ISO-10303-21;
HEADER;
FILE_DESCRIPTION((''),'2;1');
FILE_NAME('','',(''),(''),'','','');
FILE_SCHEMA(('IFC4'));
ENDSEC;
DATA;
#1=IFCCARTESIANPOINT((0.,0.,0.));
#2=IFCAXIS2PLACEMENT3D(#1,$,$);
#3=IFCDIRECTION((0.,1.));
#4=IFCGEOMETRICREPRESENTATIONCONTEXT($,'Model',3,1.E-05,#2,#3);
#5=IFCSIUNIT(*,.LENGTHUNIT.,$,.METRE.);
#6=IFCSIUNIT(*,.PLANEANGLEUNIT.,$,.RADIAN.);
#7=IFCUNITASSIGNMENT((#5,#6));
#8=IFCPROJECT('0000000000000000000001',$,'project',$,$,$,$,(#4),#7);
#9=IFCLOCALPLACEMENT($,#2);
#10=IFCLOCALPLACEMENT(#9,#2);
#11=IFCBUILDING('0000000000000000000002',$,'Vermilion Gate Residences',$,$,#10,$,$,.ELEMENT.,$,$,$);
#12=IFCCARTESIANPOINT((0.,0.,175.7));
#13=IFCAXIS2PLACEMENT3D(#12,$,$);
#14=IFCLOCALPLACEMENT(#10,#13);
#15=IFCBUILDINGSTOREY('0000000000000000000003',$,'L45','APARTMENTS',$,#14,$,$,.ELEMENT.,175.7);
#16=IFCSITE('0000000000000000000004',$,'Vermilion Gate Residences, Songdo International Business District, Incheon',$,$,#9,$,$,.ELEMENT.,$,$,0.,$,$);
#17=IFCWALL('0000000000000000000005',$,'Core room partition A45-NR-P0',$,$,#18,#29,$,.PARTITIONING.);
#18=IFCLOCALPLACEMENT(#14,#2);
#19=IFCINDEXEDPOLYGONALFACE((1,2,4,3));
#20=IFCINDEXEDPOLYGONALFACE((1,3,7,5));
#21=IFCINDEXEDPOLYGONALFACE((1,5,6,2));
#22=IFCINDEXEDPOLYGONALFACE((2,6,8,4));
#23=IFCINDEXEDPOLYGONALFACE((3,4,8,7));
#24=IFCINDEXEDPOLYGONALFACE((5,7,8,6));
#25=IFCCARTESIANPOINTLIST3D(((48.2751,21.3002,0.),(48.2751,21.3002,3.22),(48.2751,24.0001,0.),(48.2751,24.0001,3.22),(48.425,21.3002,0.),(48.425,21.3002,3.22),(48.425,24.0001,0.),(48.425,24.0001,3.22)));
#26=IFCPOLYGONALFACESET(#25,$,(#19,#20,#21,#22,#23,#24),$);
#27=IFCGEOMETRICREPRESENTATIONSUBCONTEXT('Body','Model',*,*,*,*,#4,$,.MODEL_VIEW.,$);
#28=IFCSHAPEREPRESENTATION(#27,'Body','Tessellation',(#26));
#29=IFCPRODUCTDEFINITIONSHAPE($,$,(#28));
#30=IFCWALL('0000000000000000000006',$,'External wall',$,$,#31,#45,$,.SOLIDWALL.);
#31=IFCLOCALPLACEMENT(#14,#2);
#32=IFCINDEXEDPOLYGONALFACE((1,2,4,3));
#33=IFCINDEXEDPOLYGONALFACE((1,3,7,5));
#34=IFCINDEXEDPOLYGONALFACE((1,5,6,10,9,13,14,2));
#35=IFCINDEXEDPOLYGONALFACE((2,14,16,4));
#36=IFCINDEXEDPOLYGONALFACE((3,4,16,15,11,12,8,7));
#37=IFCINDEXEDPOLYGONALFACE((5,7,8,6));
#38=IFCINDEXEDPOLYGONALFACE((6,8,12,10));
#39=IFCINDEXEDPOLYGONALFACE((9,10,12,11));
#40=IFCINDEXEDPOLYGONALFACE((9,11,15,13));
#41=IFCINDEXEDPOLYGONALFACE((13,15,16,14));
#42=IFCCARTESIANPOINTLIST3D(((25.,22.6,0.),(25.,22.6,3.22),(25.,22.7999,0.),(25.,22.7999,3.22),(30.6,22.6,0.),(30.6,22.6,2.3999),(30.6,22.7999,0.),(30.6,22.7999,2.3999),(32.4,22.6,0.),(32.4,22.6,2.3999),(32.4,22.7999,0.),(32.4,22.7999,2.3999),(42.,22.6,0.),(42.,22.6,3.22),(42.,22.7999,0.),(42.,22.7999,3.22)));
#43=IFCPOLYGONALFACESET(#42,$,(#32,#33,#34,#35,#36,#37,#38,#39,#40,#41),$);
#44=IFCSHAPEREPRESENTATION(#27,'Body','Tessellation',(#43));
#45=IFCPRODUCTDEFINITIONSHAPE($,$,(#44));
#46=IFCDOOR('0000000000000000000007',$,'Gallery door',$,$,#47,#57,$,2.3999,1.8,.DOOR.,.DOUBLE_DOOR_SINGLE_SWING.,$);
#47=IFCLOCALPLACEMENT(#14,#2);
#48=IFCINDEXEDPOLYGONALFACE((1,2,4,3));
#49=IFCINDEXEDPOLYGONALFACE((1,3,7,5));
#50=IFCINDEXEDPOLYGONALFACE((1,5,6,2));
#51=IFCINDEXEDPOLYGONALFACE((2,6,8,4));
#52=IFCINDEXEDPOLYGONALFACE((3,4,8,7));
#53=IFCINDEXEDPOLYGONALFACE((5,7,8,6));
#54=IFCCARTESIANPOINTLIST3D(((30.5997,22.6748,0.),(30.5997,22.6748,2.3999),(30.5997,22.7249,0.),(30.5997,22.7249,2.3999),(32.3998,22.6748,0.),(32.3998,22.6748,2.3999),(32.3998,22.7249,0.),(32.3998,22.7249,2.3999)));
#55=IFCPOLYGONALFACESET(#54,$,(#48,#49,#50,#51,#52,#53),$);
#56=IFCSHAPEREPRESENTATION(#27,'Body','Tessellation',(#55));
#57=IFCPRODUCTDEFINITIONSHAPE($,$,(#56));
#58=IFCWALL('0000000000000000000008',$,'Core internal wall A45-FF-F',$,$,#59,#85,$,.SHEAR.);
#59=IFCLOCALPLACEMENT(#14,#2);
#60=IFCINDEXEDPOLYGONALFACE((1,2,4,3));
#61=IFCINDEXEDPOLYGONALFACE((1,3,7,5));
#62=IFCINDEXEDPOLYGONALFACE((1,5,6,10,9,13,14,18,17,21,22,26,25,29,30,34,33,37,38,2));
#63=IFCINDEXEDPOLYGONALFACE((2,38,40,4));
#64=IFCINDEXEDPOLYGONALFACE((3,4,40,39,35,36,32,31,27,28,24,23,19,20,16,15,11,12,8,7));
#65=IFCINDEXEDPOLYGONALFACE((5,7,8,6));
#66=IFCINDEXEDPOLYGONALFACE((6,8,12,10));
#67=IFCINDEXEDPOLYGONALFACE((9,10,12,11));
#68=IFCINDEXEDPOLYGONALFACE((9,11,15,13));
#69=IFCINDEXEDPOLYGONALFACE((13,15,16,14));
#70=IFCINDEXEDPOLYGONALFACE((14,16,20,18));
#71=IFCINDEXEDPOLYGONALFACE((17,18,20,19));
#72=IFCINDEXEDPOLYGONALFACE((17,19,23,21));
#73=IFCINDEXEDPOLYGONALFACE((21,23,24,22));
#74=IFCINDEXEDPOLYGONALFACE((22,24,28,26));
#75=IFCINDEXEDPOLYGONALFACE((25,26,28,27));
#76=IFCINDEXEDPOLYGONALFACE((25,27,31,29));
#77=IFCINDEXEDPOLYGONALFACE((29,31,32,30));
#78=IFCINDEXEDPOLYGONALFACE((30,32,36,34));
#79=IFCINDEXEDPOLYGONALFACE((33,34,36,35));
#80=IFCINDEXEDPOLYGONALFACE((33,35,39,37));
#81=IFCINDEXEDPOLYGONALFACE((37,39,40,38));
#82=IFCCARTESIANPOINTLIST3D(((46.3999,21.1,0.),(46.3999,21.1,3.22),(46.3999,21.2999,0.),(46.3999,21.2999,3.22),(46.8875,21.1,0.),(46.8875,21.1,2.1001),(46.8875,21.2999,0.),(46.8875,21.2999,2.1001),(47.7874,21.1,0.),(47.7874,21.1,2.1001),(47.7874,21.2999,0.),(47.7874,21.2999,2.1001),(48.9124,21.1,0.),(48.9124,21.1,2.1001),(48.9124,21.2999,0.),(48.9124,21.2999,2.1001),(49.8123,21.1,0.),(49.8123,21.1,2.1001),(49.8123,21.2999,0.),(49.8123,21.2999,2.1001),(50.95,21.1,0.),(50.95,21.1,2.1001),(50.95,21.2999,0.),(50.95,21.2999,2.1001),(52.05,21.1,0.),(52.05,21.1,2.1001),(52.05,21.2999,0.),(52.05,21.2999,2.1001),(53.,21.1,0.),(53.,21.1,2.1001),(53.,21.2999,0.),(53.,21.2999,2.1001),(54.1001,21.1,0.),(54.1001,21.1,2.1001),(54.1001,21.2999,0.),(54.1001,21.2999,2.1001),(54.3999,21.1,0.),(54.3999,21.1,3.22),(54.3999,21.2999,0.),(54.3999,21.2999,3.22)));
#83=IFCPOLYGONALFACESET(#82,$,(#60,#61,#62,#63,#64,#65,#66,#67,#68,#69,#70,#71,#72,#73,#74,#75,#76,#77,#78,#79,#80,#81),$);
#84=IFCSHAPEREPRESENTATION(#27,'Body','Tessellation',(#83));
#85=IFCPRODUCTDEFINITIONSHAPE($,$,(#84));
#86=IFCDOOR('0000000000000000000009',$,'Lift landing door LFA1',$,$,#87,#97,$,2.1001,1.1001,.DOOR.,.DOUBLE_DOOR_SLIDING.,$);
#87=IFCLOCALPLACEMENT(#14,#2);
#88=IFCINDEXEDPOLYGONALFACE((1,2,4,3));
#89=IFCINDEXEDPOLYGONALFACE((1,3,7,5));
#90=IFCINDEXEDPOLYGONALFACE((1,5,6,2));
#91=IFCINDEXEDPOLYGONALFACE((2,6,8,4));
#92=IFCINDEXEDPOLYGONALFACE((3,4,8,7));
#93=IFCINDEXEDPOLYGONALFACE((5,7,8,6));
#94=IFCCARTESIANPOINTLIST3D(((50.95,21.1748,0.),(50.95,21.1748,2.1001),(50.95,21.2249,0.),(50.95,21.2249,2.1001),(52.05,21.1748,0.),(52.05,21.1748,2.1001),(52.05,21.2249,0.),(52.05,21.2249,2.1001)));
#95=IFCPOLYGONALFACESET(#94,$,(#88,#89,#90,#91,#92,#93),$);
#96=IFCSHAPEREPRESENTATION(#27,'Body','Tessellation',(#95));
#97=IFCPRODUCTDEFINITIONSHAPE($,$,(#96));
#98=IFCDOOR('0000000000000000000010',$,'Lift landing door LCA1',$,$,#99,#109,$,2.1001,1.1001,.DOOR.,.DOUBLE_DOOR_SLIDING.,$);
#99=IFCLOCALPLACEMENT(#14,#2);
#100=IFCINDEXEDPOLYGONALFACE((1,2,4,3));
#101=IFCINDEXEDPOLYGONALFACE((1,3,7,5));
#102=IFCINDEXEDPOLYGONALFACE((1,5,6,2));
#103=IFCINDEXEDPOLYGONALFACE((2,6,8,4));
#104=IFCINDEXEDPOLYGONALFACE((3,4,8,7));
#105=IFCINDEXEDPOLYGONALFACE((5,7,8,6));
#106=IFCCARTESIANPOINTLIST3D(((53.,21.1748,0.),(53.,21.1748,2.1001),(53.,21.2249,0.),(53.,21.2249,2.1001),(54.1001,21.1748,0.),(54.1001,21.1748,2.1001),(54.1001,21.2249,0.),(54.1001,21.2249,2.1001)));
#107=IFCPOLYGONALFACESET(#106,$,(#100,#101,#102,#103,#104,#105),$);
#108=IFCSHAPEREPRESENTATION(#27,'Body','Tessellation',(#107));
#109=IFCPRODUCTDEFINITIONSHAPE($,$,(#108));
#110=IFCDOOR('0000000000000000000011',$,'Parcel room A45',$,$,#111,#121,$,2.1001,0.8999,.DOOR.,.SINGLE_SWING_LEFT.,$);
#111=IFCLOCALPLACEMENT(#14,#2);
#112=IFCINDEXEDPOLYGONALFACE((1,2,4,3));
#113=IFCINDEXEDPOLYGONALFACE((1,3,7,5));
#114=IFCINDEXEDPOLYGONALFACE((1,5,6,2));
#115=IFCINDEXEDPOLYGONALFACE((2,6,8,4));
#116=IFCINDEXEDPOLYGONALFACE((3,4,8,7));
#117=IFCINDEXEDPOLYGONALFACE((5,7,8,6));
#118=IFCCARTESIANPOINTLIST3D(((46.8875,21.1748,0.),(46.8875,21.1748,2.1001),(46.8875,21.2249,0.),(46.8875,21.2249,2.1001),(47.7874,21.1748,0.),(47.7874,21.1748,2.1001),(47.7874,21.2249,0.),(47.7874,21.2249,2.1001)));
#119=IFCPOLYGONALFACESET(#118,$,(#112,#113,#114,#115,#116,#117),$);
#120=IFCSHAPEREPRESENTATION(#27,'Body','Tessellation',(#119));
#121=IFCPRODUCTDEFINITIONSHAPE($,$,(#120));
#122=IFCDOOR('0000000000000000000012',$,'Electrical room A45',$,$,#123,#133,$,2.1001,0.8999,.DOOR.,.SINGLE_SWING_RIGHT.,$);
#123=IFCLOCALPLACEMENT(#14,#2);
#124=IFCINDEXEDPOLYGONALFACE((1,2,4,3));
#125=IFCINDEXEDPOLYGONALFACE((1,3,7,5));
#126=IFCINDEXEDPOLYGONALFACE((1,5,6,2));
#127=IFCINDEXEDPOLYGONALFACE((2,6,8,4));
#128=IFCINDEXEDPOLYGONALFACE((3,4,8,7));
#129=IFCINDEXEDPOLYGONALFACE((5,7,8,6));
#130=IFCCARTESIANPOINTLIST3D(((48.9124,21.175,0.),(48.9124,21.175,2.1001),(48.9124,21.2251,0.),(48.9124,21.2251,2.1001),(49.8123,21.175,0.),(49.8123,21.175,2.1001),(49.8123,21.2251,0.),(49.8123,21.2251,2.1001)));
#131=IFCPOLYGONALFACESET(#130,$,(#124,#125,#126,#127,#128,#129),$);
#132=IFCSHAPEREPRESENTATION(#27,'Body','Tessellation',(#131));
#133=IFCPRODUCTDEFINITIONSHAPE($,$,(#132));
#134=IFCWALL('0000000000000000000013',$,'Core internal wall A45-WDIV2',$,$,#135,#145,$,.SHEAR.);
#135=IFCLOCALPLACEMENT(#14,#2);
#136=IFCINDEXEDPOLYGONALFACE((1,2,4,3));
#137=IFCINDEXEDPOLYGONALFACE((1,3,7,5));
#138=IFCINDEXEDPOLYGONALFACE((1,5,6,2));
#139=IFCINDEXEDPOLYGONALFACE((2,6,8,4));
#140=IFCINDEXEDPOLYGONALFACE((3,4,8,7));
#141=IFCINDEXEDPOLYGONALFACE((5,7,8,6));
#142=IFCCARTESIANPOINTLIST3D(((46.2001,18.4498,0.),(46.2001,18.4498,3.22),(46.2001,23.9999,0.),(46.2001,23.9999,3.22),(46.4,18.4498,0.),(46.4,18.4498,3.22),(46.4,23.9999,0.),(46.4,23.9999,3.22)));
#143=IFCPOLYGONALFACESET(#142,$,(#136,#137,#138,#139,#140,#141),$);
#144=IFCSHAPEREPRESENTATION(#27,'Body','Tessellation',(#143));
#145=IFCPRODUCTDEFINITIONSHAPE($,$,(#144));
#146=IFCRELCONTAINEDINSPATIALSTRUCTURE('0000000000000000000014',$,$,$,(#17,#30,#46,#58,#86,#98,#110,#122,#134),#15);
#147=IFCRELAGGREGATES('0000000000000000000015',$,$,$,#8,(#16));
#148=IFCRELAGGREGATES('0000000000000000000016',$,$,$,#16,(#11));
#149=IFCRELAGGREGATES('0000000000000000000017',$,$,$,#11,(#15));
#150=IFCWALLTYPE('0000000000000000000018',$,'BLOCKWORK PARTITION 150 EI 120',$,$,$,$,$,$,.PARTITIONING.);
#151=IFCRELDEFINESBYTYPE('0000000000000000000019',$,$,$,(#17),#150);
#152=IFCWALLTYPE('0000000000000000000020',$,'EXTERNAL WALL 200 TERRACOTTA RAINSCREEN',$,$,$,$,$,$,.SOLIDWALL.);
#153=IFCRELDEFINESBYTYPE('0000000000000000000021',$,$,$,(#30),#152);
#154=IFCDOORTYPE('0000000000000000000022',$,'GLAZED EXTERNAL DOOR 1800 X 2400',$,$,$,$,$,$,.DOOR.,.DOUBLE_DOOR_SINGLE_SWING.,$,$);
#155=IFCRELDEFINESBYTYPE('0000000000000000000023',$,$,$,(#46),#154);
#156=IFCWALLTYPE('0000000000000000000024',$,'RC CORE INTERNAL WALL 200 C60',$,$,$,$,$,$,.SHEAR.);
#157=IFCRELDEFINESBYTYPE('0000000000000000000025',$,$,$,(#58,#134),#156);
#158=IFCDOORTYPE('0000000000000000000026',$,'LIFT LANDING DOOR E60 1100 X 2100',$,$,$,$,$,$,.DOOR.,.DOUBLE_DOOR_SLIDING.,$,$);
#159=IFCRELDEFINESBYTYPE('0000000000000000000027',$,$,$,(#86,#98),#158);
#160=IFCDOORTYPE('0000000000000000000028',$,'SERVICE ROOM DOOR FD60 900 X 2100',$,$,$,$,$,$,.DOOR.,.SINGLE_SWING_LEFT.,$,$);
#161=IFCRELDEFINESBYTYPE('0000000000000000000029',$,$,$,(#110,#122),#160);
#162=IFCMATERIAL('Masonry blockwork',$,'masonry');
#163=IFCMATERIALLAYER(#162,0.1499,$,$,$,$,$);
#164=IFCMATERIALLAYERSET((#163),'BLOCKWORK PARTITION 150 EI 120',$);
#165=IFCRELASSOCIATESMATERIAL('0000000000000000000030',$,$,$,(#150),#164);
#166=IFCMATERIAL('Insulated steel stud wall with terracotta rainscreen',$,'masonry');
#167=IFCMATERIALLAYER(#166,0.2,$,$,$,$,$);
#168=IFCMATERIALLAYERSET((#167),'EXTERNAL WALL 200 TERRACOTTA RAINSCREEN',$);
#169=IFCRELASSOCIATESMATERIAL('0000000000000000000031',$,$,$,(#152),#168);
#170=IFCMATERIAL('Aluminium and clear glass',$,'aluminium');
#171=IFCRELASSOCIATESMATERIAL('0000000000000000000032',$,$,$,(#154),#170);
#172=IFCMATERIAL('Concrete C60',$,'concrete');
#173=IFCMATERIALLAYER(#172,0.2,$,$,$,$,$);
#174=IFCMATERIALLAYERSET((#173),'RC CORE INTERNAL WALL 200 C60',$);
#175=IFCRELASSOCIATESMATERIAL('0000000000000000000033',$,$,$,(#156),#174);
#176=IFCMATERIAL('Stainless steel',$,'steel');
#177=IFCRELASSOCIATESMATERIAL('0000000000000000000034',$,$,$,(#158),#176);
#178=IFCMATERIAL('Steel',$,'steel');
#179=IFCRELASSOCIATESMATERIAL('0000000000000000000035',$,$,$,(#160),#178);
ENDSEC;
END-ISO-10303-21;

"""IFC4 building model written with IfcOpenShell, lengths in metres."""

from ifc_helpers import new_model, si_unit, direction, frame, frame_2d, origin, place, context, subcontext, project, spatial, rectangle, extrude, material, layer, layer_set, type_object, element, fill, save


model = new_model("IFC4")

# Units and contexts
model_context = context("Model", 3, precision=1e-05, world=origin(), true_north=direction((0.0, 1.0)))
body_context = subcontext(model_context, "Body", "Model", "MODEL_VIEW")
ifc_project = project(units=[si_unit("LENGTHUNIT", "METRE"), si_unit("PLANEANGLEUNIT", "RADIAN")], contexts=[model_context])

# Site, building, storey
site_placement = place(None, origin())
site = spatial("IfcSite", under=ifc_project, at=site_placement, Name="Vermilion Gate Residences, Songdo International Business District, Incheon", CompositionType="ELEMENT", RefElevation=0.0)
building_placement = place(site_placement, origin())
building = spatial("IfcBuilding", under=site, at=building_placement, Name="Vermilion Gate Residences", CompositionType="ELEMENT")
storey_placement = place(building_placement, frame((0.0, 0.0, 175.7)))
storey = spatial("IfcBuildingStorey", under=building, at=storey_placement, Name="L45", Description="APARTMENTS", CompositionType="ELEMENT", Elevation=175.7)

# Wall
ifc_material_1 = material(Name="Masonry blockwork", Category="masonry")
ifc_layer_1 = layer(ifc_material_1, 0.1499)
ifc_layer_set_1 = layer_set([ifc_layer_1], Name="BLOCKWORK PARTITION 150 EI 120")
wall_type_1 = type_object("IfcWallType", Name="BLOCKWORK PARTITION 150 EI 120", PredefinedType="PARTITIONING", material=ifc_layer_set_1)
wall_1_placement = place(storey_placement, frame((48.3501, 21.3, 0.0), z_axis=(0.0, 0.0, 1.0), x_axis=(0.0, 1.0, 0.0)))
element("IfcWall", 1, at=wall_1_placement, inside=storey, type_object=wall_type_1, Name="Core room partition A45-NR-P0", PredefinedType="PARTITIONING", context=body_context, shape_type="SweptSolid", body=[
    extrude(rectangle(XDim=2.7, YDim=0.1499, at=frame_2d((1.3501, 0.0))), origin(), (0.0, 0.0, 1.0), 3.22),
])

# Wall, opening, door
ifc_material_2 = material(Name="Insulated steel stud wall with terracotta rainscreen", Category="masonry")
ifc_layer_2 = layer(ifc_material_2, 0.2)
ifc_layer_set_2 = layer_set([ifc_layer_2], Name="EXTERNAL WALL 200 TERRACOTTA RAINSCREEN")
wall_type_2 = type_object("IfcWallType", Name="EXTERNAL WALL 200 TERRACOTTA RAINSCREEN", PredefinedType="SOLIDWALL", material=ifc_layer_set_2)
wall_2_placement = place(storey_placement, frame((42.0, 22.7, 0.0), z_axis=(0.0, 0.0, 1.0), x_axis=(-1.0, 0.0, 0.0)))
wall_2 = element("IfcWall", 2, at=wall_2_placement, inside=storey, type_object=wall_type_2, Name="External wall", PredefinedType="SOLIDWALL", context=body_context, shape_type="SweptSolid", body=[
    extrude(rectangle(XDim=17.0, YDim=0.2, at=frame_2d((8.5, 0.0))), origin(), (0.0, 0.0, 1.0), 3.22),
])
opening_1_placement = place(wall_2_placement, frame((9.6001, 0.0, 0.0)))
opening_1 = element("IfcOpeningElement", 3, at=opening_1_placement, cuts=wall_2, PredefinedType="OPENING", context=body_context, shape_type="SweptSolid", body=[
    extrude(rectangle(XDim=1.8, YDim=2.3999, at=frame_2d((0.8999, 1.2))), frame((0.0, 0.1099, 0.0), z_axis=(0.0, -1.0, 0.0), x_axis=(1.0, 0.0, 0.0)), (0.0, 0.0, 1.0), 0.22),
])
ifc_material_3 = material(Name="Aluminium and clear glass", Category="aluminium")
door_type_1 = type_object("IfcDoorType", Name="GLAZED EXTERNAL DOOR 1800 X 2400", OperationType="DOUBLE_DOOR_SINGLE_SWING", PredefinedType="DOOR", material=ifc_material_3)
door_1_placement = place(opening_1_placement, frame((1.8, 0.0, 0.0), z_axis=(0.0, 0.0, 1.0), x_axis=(-1.0, 0.0, 0.0)))
door_1 = element("IfcDoor", 4, at=door_1_placement, inside=storey, type_object=door_type_1, Name="Gallery door", OperationType="DOUBLE_DOOR_SINGLE_SWING", OverallHeight=2.3999, OverallWidth=1.8, PredefinedType="DOOR", context=body_context, shape_type="SweptSolid", body=[
    extrude(rectangle(XDim=1.8, YDim=2.3999, at=frame_2d((0.8999, 1.2))), frame((0.0, 0.0249, 0.0), z_axis=(0.0, -1.0, 0.0), x_axis=(1.0, 0.0, 0.0)), (0.0, 0.0, 1.0), 0.05),
])
fill(opening_1, door_1)

# Wall, openings, doors
ifc_material_4 = material(Name="Concrete C60", Category="concrete")
ifc_layer_3 = layer(ifc_material_4, 0.2)
ifc_layer_set_3 = layer_set([ifc_layer_3], Name="RC CORE INTERNAL WALL 200 C60")
wall_type_3 = type_object("IfcWallType", Name="RC CORE INTERNAL WALL 200 C60", PredefinedType="SHEAR", material=ifc_layer_set_3)
wall_3_placement = place(storey_placement, frame((46.3999, 21.2, 0.0), z_axis=(0.0, 0.0, 1.0), x_axis=(1.0, 0.0, 0.0)))
wall_3 = element("IfcWall", 5, at=wall_3_placement, inside=storey, type_object=wall_type_3, Name="Core internal wall A45-FF-F", PredefinedType="SHEAR", context=body_context, shape_type="SweptSolid", body=[
    extrude(rectangle(XDim=8.0, YDim=0.2, at=frame_2d((4.0, 0.0))), origin(), (0.0, 0.0, 1.0), 3.22),
])
opening_2_placement = place(wall_3_placement, frame((0.4875, 0.0, 0.0)))
opening_2 = element("IfcOpeningElement", 6, at=opening_2_placement, cuts=wall_3, PredefinedType="OPENING", context=body_context, shape_type="SweptSolid", body=[
    extrude(rectangle(XDim=0.8999, YDim=2.1001, at=frame_2d((0.45, 1.05))), frame((0.0, 0.1099, 0.0), z_axis=(0.0, -1.0, 0.0), x_axis=(1.0, 0.0, 0.0)), (0.0, 0.0, 1.0), 0.22),
])
opening_3_placement = place(wall_3_placement, frame((2.5125, 0.0, 0.0)))
opening_3 = element("IfcOpeningElement", 7, at=opening_3_placement, cuts=wall_3, PredefinedType="OPENING", context=body_context, shape_type="SweptSolid", body=[
    extrude(rectangle(XDim=0.8999, YDim=2.1001, at=frame_2d((0.45, 1.05))), frame((0.0, 0.1099, 0.0), z_axis=(0.0, -1.0, 0.0), x_axis=(1.0, 0.0, 0.0)), (0.0, 0.0, 1.0), 0.22),
])
opening_4_placement = place(wall_3_placement, frame((4.55, 0.0, 0.0)))
opening_4 = element("IfcOpeningElement", 8, at=opening_4_placement, cuts=wall_3, PredefinedType="OPENING", context=body_context, shape_type="SweptSolid", body=[
    extrude(rectangle(XDim=1.1001, YDim=2.1001, at=frame_2d((0.55, 1.05))), frame((0.0, 0.1099, 0.0), z_axis=(0.0, -1.0, 0.0), x_axis=(1.0, 0.0, 0.0)), (0.0, 0.0, 1.0), 0.22),
])
opening_5_placement = place(wall_3_placement, frame((6.6001, 0.0, 0.0)))
opening_5 = element("IfcOpeningElement", 9, at=opening_5_placement, cuts=wall_3, PredefinedType="OPENING", context=body_context, shape_type="SweptSolid", body=[
    extrude(rectangle(XDim=1.1001, YDim=2.1001, at=frame_2d((0.55, 1.05))), frame((0.0, 0.1099, 0.0), z_axis=(0.0, -1.0, 0.0), x_axis=(1.0, 0.0, 0.0)), (0.0, 0.0, 1.0), 0.22),
])
ifc_material_5 = material(Name="Stainless steel", Category="steel")
door_type_2 = type_object("IfcDoorType", Name="LIFT LANDING DOOR E60 1100 X 2100", OperationType="DOUBLE_DOOR_SLIDING", PredefinedType="DOOR", material=ifc_material_5)
door_2_placement = place(opening_4_placement, origin())
door_2 = element("IfcDoor", 10, at=door_2_placement, inside=storey, type_object=door_type_2, Name="Lift landing door LFA1", OperationType="DOUBLE_DOOR_SLIDING", OverallHeight=2.1001, OverallWidth=1.1001, PredefinedType="DOOR", context=body_context, shape_type="SweptSolid", body=[
    extrude(rectangle(XDim=1.1001, YDim=2.1001, at=frame_2d((0.55, 1.05))), frame((0.0, 0.0249, 0.0), z_axis=(0.0, -1.0, 0.0), x_axis=(1.0, 0.0, 0.0)), (0.0, 0.0, 1.0), 0.05),
])
fill(opening_4, door_2)
door_3_placement = place(opening_5_placement, origin())
door_3 = element("IfcDoor", 11, at=door_3_placement, inside=storey, type_object=door_type_2, Name="Lift landing door LCA1", OperationType="DOUBLE_DOOR_SLIDING", OverallHeight=2.1001, OverallWidth=1.1001, PredefinedType="DOOR", context=body_context, shape_type="SweptSolid", body=[
    extrude(rectangle(XDim=1.1001, YDim=2.1001, at=frame_2d((0.55, 1.05))), frame((0.0, 0.0249, 0.0), z_axis=(0.0, -1.0, 0.0), x_axis=(1.0, 0.0, 0.0)), (0.0, 0.0, 1.0), 0.05),
])
fill(opening_5, door_3)
ifc_material_6 = material(Name="Steel", Category="steel")
door_type_3 = type_object("IfcDoorType", Name="SERVICE ROOM DOOR FD60 900 X 2100", OperationType="SINGLE_SWING_LEFT", PredefinedType="DOOR", material=ifc_material_6)
door_4_placement = place(opening_2_placement, origin())
door_4 = element("IfcDoor", 12, at=door_4_placement, inside=storey, type_object=door_type_3, Name="Parcel room A45", OperationType="SINGLE_SWING_LEFT", OverallHeight=2.1001, OverallWidth=0.8999, PredefinedType="DOOR", context=body_context, shape_type="SweptSolid", body=[
    extrude(rectangle(XDim=0.8999, YDim=2.1001, at=frame_2d((0.45, 1.05))), frame((0.0, 0.0249, 0.0), z_axis=(0.0, -1.0, 0.0), x_axis=(1.0, 0.0, 0.0)), (0.0, 0.0, 1.0), 0.05),
])
fill(opening_2, door_4)
door_5_placement = place(opening_3_placement, frame((0.8999, 0.0, 0.0), z_axis=(0.0, 0.0, 1.0), x_axis=(-1.0, 0.0, 0.0)))
door_5 = element("IfcDoor", 13, at=door_5_placement, inside=storey, type_object=door_type_3, Name="Electrical room A45", OperationType="SINGLE_SWING_RIGHT", OverallHeight=2.1001, OverallWidth=0.8999, PredefinedType="DOOR", context=body_context, shape_type="SweptSolid", body=[
    extrude(rectangle(XDim=0.8999, YDim=2.1001, at=frame_2d((0.45, 1.05))), frame((0.0, 0.0249, 0.0), z_axis=(0.0, -1.0, 0.0), x_axis=(1.0, 0.0, 0.0)), (0.0, 0.0, 1.0), 0.05),
])
fill(opening_3, door_5)

# Wall
wall_4_placement = place(storey_placement, frame((46.3, 18.45, 0.0), z_axis=(0.0, 0.0, 1.0), x_axis=(0.0, 1.0, 0.0)))
element("IfcWall", 14, at=wall_4_placement, inside=storey, type_object=wall_type_3, Name="Core internal wall A45-WDIV2", PredefinedType="SHEAR", context=body_context, shape_type="SweptSolid", body=[
    extrude(rectangle(XDim=5.55, YDim=0.2, at=frame_2d((2.7749, 0.0))), origin(), (0.0, 0.0, 1.0), 3.22),
])

save(model, "model.ifc")
